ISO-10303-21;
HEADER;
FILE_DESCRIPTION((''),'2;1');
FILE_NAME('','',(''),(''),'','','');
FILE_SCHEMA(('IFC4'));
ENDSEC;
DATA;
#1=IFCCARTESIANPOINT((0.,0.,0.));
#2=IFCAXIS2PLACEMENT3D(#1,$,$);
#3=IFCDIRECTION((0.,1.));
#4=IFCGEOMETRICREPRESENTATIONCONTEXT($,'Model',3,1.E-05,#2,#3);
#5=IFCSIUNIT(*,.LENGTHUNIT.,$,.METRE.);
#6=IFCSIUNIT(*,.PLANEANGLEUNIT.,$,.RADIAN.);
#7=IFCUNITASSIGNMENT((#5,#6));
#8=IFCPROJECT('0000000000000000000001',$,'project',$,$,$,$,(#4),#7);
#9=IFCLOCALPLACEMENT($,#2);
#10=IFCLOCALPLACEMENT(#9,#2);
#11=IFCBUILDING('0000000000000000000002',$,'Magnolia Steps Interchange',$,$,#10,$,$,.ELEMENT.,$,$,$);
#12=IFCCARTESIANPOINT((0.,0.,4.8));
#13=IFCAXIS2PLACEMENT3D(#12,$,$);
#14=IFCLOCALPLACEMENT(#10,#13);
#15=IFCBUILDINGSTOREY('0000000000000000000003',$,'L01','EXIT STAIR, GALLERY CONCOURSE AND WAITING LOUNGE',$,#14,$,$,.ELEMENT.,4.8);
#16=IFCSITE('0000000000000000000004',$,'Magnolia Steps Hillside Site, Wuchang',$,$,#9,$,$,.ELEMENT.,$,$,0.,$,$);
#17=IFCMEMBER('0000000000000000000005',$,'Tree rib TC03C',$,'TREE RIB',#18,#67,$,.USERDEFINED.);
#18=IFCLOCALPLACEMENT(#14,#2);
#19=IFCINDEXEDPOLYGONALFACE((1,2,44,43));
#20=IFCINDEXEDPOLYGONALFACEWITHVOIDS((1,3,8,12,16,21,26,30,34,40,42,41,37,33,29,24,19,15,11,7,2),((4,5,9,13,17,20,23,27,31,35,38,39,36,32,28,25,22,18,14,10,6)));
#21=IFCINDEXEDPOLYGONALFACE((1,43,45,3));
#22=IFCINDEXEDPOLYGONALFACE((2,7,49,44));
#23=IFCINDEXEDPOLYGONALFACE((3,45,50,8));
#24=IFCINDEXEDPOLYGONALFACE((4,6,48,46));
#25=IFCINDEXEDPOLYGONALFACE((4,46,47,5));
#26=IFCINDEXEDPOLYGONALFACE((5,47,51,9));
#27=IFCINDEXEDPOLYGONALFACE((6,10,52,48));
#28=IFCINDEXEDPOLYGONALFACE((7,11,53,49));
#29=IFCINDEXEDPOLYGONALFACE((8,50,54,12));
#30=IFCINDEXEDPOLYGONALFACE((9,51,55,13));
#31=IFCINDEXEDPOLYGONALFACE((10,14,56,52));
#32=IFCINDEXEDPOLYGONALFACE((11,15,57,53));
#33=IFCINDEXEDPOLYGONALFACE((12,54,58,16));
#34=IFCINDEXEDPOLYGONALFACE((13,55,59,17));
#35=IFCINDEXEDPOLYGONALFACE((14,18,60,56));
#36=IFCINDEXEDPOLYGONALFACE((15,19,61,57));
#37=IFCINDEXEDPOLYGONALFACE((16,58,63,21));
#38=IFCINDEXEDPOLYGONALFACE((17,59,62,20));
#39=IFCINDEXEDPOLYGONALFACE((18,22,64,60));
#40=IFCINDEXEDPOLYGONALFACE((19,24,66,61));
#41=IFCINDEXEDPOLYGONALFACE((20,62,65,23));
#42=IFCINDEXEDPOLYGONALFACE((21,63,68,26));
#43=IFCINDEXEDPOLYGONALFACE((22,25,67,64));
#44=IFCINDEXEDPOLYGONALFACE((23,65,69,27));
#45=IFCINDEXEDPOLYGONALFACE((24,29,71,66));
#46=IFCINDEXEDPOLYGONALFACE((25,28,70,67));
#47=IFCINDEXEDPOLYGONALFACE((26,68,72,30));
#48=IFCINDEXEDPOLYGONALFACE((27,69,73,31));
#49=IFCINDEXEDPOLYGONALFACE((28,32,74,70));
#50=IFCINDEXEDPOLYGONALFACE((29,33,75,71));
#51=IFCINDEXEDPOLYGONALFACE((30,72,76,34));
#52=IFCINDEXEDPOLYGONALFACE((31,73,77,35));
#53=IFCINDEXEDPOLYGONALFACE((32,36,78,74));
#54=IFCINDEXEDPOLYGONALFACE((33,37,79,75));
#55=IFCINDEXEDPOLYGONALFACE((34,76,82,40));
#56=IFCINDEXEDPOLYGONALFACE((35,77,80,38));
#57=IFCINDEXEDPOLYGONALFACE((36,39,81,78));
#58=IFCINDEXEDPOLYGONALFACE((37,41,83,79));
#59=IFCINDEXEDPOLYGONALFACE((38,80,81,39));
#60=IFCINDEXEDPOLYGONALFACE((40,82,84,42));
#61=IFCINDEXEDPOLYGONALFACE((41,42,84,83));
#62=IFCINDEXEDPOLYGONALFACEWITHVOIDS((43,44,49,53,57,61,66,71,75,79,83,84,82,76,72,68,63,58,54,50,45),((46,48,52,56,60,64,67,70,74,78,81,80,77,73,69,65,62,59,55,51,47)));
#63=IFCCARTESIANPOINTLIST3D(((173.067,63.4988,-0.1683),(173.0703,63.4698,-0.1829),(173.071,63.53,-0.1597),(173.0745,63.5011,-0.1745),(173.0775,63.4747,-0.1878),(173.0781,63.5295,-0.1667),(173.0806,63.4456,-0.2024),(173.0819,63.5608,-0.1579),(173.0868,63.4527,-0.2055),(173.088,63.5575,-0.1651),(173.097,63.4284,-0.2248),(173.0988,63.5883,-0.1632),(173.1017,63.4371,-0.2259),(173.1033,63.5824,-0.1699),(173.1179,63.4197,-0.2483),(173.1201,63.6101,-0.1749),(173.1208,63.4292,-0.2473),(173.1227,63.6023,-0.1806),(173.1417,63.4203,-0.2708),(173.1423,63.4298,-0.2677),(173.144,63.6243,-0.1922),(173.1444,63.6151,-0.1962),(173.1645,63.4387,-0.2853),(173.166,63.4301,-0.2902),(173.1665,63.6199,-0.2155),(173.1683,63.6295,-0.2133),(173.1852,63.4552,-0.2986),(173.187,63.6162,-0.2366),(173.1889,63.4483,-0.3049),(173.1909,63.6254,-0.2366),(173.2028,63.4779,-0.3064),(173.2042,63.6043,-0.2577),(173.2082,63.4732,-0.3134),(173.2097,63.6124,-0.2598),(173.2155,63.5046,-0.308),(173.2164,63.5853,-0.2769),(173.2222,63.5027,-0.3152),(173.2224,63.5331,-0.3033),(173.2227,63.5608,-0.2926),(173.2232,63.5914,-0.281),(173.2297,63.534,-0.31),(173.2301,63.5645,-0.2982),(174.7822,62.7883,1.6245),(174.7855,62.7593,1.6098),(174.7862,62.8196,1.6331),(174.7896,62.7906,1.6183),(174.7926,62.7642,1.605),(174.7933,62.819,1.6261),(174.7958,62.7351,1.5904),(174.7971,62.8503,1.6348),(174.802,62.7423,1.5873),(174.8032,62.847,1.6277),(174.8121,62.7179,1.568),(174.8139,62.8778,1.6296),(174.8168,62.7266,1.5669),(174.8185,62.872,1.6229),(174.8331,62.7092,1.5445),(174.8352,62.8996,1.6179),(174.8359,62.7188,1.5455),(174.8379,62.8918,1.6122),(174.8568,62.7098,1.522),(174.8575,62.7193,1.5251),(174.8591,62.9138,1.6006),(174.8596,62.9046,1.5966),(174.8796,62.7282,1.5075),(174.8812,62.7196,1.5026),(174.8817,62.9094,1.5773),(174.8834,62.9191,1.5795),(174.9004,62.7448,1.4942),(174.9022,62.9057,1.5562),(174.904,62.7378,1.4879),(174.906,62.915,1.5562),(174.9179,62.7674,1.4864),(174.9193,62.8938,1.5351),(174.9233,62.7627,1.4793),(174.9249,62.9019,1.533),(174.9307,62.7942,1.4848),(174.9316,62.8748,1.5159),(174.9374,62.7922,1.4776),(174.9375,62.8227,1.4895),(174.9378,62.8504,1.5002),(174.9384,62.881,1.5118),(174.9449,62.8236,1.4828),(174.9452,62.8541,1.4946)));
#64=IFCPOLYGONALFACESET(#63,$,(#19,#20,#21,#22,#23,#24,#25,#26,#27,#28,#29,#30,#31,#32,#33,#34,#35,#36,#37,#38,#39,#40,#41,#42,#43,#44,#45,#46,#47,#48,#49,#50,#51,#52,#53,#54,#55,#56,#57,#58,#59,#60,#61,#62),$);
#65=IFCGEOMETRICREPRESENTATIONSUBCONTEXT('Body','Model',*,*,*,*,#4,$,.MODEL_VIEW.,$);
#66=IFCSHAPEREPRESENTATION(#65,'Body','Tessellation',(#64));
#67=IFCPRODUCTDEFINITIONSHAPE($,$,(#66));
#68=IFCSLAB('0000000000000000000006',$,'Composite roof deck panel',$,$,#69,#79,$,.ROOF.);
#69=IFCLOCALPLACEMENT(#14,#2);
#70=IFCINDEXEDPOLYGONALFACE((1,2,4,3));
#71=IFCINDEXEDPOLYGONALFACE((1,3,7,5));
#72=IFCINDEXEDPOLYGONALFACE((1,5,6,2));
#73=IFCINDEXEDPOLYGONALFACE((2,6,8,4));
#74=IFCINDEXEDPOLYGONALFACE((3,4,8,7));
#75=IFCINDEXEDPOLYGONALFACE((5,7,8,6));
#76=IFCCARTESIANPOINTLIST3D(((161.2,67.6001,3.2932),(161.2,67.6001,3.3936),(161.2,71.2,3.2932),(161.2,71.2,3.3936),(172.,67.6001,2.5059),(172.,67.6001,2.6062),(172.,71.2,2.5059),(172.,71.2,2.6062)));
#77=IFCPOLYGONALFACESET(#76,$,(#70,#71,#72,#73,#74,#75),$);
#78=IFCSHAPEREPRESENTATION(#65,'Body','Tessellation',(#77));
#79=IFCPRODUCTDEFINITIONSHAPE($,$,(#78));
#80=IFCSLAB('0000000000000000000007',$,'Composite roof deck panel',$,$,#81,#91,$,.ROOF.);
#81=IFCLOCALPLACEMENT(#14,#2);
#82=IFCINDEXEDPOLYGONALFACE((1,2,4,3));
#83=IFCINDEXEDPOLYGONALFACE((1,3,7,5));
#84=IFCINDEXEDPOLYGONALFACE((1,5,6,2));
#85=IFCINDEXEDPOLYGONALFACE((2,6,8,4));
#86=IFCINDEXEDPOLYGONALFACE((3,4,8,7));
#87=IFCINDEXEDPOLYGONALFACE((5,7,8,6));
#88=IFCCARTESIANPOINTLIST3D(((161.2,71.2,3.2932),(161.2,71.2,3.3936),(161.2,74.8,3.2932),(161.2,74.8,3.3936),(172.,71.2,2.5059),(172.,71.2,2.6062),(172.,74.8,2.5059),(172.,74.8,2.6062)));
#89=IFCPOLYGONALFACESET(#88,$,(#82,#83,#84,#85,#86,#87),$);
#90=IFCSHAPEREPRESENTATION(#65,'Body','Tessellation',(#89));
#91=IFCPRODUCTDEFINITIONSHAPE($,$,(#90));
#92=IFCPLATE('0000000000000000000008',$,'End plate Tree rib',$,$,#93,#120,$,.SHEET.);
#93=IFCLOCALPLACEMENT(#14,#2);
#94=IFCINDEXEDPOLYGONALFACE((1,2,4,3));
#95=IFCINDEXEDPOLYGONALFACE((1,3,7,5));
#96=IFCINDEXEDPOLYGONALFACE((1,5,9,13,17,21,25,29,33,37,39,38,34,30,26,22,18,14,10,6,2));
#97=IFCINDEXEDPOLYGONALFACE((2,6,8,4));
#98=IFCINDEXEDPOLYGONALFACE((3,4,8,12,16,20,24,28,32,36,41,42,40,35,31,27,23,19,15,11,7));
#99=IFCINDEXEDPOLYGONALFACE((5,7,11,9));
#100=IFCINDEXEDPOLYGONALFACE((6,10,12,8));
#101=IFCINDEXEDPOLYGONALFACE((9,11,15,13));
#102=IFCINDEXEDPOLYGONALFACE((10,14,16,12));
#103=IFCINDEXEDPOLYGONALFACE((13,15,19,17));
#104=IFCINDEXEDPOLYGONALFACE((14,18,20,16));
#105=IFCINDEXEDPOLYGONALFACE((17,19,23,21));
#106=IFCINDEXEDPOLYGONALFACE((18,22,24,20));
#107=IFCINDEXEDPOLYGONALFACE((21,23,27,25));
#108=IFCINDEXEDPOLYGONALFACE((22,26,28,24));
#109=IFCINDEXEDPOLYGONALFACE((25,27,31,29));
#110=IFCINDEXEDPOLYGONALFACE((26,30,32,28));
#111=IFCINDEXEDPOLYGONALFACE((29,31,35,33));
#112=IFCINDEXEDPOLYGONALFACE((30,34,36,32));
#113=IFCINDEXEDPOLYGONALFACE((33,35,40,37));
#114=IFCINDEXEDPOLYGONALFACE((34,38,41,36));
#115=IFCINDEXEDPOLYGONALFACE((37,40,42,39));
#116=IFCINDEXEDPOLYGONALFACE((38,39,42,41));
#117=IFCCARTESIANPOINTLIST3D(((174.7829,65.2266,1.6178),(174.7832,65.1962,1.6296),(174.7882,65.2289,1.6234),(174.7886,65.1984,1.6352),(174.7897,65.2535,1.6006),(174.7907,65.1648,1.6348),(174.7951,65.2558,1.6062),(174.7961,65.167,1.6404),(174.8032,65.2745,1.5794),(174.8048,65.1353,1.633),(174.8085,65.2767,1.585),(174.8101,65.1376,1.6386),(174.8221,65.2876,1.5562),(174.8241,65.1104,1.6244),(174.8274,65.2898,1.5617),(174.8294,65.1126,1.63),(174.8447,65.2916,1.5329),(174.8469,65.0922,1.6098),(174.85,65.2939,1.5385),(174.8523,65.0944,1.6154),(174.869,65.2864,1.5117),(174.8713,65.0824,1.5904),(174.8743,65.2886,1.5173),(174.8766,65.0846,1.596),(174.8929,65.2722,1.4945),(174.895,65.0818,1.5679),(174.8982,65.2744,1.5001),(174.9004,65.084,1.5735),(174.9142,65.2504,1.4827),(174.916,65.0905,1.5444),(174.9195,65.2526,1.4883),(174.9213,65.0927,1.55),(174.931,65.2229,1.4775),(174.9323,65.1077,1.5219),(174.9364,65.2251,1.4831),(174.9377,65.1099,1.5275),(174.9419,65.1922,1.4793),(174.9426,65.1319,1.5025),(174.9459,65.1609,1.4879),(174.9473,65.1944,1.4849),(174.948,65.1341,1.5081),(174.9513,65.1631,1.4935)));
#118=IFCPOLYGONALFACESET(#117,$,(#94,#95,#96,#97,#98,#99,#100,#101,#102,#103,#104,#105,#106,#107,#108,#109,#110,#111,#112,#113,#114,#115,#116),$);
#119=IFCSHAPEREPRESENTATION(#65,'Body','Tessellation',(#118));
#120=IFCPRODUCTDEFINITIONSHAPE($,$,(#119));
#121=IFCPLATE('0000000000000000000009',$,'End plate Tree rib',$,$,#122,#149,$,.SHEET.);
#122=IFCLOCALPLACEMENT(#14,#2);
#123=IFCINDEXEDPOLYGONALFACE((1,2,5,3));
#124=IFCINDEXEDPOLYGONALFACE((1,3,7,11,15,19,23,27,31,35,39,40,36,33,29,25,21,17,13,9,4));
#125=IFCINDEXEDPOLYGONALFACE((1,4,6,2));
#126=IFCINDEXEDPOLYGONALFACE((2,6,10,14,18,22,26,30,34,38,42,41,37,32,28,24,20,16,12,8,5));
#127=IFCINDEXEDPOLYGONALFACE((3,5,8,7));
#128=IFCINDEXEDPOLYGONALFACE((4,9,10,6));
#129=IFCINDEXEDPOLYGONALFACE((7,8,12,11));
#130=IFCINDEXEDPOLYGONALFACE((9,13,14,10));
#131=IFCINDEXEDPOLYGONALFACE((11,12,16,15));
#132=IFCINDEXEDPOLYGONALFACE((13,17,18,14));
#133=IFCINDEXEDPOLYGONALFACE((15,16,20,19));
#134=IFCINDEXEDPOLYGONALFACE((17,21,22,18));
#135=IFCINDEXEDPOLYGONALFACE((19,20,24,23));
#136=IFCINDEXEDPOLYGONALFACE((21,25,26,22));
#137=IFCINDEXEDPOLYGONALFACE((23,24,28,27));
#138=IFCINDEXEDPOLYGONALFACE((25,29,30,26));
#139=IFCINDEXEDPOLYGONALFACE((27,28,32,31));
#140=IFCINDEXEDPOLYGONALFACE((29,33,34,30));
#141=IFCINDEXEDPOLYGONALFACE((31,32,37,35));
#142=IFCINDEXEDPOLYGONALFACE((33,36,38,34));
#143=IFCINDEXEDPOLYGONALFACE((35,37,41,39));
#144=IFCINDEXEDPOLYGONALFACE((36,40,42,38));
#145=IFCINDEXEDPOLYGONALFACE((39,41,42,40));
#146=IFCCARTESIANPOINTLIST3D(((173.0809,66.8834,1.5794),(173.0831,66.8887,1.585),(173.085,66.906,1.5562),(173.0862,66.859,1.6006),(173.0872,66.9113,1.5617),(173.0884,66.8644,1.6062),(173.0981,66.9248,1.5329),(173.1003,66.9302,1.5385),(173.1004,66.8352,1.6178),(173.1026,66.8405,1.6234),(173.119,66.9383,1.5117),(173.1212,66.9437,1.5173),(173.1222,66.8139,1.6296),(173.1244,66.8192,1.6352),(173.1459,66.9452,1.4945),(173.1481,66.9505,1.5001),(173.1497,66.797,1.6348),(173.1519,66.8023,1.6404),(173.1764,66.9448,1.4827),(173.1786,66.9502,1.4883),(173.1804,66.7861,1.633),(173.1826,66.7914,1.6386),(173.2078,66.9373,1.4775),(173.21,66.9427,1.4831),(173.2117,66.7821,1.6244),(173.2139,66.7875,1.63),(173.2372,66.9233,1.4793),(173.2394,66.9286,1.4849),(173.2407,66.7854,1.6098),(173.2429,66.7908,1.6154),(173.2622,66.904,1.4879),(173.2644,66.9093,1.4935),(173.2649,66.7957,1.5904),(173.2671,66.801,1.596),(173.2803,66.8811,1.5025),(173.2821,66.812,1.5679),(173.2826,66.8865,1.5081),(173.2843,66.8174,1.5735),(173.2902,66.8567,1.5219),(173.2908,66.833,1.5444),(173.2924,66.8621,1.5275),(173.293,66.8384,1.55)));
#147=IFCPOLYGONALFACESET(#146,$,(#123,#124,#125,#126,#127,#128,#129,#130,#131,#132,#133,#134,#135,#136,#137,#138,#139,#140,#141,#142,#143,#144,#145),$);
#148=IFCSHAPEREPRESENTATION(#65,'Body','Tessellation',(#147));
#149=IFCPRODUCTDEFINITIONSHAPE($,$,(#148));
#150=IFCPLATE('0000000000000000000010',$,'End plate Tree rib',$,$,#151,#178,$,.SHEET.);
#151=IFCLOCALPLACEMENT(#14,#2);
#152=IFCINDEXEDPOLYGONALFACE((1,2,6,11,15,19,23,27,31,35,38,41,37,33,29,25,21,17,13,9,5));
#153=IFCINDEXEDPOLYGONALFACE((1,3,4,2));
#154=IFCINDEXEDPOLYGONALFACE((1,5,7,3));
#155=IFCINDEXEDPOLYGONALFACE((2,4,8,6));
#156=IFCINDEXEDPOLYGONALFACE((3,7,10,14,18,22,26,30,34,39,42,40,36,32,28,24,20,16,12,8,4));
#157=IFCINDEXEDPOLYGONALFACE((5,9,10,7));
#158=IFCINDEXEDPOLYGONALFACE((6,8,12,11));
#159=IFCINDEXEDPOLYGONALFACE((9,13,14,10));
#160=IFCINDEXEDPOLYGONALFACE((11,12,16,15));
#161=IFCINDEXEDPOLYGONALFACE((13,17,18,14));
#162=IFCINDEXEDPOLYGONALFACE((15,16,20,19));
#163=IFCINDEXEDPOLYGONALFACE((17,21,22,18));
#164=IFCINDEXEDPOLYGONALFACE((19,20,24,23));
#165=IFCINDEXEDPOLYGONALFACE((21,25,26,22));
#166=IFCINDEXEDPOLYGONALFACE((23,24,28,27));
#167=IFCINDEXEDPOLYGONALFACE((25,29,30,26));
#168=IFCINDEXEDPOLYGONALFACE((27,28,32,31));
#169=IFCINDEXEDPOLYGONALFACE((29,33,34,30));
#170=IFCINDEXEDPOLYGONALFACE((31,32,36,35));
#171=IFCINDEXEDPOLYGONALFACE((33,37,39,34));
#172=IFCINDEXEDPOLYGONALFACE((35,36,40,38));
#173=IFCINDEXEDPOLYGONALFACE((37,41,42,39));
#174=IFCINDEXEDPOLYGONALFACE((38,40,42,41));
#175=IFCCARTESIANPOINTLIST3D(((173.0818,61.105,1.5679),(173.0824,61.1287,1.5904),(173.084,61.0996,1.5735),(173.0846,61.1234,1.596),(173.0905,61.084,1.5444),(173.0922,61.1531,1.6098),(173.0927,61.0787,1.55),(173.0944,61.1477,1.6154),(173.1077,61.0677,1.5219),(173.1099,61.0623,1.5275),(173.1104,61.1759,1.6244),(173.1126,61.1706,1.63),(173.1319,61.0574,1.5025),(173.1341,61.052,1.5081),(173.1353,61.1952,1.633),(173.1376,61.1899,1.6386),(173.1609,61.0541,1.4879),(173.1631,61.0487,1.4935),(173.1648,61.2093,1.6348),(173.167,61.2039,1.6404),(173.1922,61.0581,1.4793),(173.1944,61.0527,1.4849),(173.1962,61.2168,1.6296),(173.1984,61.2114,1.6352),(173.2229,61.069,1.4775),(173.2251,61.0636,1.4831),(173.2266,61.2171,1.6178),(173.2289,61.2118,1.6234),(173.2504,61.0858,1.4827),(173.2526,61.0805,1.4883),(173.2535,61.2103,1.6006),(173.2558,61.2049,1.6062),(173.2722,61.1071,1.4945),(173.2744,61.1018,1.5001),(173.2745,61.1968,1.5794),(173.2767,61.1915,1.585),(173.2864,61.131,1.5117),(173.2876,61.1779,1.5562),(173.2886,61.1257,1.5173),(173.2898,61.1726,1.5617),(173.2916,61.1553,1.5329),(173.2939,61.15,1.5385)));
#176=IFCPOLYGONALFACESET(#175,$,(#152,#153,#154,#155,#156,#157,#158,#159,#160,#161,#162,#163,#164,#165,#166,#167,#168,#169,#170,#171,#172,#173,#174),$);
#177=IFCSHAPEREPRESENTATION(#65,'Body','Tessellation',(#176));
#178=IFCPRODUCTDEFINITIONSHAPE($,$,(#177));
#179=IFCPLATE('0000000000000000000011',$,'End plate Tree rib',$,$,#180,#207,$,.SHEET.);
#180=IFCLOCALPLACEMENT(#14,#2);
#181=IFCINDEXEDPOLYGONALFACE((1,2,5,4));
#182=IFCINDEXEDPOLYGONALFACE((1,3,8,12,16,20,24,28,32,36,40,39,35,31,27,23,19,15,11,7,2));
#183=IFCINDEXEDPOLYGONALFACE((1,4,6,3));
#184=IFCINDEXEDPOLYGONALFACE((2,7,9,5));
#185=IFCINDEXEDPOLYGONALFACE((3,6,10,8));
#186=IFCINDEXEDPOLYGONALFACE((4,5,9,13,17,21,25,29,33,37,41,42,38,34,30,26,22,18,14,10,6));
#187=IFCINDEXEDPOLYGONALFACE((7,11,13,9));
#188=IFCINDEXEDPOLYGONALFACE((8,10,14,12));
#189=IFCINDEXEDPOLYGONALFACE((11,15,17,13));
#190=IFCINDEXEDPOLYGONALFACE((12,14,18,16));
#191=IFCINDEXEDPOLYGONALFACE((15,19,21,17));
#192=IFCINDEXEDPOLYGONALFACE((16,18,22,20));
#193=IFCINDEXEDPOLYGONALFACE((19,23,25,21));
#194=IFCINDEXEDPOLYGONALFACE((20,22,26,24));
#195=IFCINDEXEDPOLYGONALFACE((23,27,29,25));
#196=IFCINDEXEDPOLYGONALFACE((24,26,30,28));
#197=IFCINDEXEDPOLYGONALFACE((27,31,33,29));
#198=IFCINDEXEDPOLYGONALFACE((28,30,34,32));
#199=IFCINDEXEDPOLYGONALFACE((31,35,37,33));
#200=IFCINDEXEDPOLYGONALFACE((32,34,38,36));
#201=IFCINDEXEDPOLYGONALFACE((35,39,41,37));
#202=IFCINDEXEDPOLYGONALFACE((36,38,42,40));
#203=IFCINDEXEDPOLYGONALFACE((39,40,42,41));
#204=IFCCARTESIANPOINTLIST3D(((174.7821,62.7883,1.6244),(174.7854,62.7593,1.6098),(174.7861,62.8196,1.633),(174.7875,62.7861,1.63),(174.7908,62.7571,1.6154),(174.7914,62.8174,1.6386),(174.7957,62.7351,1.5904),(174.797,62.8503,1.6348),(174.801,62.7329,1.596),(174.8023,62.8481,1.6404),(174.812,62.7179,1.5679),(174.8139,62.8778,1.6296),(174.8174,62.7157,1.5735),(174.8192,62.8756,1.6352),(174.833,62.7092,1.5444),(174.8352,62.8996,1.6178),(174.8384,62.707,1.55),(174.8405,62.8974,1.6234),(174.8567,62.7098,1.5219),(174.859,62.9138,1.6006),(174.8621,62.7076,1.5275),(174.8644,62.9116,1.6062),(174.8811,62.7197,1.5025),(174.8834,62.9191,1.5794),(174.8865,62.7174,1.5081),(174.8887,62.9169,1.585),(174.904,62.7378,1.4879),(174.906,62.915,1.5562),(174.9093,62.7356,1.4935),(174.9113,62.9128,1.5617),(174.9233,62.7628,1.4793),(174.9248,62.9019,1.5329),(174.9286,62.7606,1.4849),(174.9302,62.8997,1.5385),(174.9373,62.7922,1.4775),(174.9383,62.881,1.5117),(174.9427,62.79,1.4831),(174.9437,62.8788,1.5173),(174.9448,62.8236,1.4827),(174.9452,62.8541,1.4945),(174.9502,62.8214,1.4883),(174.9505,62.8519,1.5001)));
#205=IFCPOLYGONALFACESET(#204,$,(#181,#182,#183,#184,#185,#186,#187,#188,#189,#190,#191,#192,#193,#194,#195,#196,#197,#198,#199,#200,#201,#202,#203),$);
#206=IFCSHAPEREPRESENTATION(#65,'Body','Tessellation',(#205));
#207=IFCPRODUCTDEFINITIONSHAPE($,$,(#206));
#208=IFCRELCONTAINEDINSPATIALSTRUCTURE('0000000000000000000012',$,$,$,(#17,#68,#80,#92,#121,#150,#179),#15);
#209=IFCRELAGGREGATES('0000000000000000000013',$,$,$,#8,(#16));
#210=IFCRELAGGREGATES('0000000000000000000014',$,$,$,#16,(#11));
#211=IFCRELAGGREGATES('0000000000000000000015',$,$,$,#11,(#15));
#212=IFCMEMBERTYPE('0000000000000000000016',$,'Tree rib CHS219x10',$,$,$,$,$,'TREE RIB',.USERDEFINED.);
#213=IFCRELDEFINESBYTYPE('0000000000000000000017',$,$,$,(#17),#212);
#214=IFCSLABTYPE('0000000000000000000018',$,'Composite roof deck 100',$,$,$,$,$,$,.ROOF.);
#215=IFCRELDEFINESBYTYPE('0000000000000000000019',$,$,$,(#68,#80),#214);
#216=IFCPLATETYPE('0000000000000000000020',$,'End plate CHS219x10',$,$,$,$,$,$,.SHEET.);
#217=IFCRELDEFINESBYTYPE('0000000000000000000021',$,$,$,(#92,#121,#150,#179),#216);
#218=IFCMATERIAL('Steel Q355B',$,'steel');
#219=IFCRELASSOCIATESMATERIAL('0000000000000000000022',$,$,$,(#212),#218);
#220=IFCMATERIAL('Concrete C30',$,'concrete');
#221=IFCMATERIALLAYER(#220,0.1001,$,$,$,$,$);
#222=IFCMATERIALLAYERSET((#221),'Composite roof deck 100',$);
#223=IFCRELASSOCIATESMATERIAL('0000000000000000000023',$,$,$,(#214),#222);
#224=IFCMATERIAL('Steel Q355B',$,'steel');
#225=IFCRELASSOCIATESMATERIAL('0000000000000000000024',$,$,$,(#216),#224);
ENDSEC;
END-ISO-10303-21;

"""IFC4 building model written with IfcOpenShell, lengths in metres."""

from ifc_helpers import new_model, si_unit, direction, frame, origin, origin_2d, place, context, subcontext, project, spatial, polyline, circle, hollow_circle, outline, extrude, material, layer, layer_set, material_profile, profile_set, type_object, element, save


model = new_model("IFC4")

# Units and contexts
model_context = context("Model", 3, precision=1e-05, world=origin(), true_north=direction((0.0, 1.0)))
body_context = subcontext(model_context, "Body", "Model", "MODEL_VIEW")
ifc_project = project(units=[si_unit("LENGTHUNIT", "METRE"), si_unit("PLANEANGLEUNIT", "RADIAN")], contexts=[model_context])

# Site, building, storey
site_placement = place(None, origin())
site = spatial("IfcSite", under=ifc_project, at=site_placement, Name="Magnolia Steps Hillside Site, Wuchang", CompositionType="ELEMENT", RefElevation=0.0)
building_placement = place(site_placement, origin())
building = spatial("IfcBuilding", under=site, at=building_placement, Name="Magnolia Steps Interchange", CompositionType="ELEMENT")
storey_placement = place(building_placement, frame((0.0, 0.0, 4.8)))
storey = spatial("IfcBuildingStorey", under=building, at=storey_placement, Name="L01", Description="EXIT STAIR, GALLERY CONCOURSE AND WAITING LOUNGE", CompositionType="ELEMENT", Elevation=4.8)

# Member
ifc_material_1 = material(Name="Steel Q355B", Category="steel")
ifc_material_profile_1 = material_profile(ifc_material_1, hollow_circle(Radius=0.1096, WallThickness=0.01, at=origin_2d()), Name="CHS219x10")
ifc_profile_set_1 = profile_set([ifc_material_profile_1], Name="Steel Q355B")
member_type = type_object("IfcMemberType", Name="Tree rib CHS219x10", ElementType="TREE RIB", PredefinedType="USERDEFINED", material=ifc_profile_set_1)
for number, where, z_axis, x_axis, name in (
    (1, (173.1489, 63.5242, -0.2366), (0.664577, -0.275291, 0.69466), (0.3827, 0.923873, 0.0), "Tree rib TC03C"),
):
    element("IfcMember", number, at=place(storey_placement, frame(where, z_axis=z_axis, x_axis=x_axis)), inside=storey, type_object=member_type, Name=name, ObjectType="TREE RIB", PredefinedType="USERDEFINED", context=body_context, shape_type="SweptSolid", body=[
        extrude(hollow_circle(Radius=0.1096, WallThickness=0.01, at=origin_2d()), origin(), (0.0, 0.0, 1.0), 2.5808),
    ])

# Slabs
ifc_material_2 = material(Name="Concrete C30", Category="concrete")
ifc_layer_1 = layer(ifc_material_2, 0.1001)
ifc_layer_set_1 = layer_set([ifc_layer_1], Name="Composite roof deck 100")
slab_type_1 = type_object("IfcSlabType", Name="Composite roof deck 100", PredefinedType="ROOF", material=ifc_layer_set_1)
slab_1_placement = place(storey_placement, frame((172.0, 67.6001, 2.6062), z_axis=(0.07271, 0.0, 0.997353), x_axis=(0.0, 1.0, 0.0)))
element("IfcSlab", 2, at=slab_1_placement, inside=storey, type_object=slab_type_1, Name="Composite roof deck panel", PredefinedType="ROOF", context=body_context, shape_type="SweptSolid", body=[
    extrude(outline(polyline([(0.0, 0.0), (3.5999, 0.0), (3.5999, 10.8287), (0.0, 10.8287), (0.0, 0.0)])), origin(), (0.0, -0.07271, -0.997353), 0.1003),
])
slab_2_placement = place(storey_placement, frame((172.0, 71.2, 2.6062), z_axis=(0.07271, 0.0, 0.997353), x_axis=(0.0, 1.0, 0.0)))
element("IfcSlab", 3, at=slab_2_placement, inside=storey, type_object=slab_type_1, Name="Composite roof deck panel", PredefinedType="ROOF", context=body_context, shape_type="SweptSolid", body=[
    extrude(outline(polyline([(0.0, 0.0), (3.6001, 0.0), (3.6001, 10.8287), (0.0, 10.8287), (0.0, 0.0)])), origin(), (0.0, -0.07271, -0.997353), 0.1003),
])

# Plates
ifc_material_3 = material(Name="Steel Q355B", Category="steel")
ifc_material_profile_2 = material_profile(ifc_material_3, circle(Radius=0.1096, at=origin_2d()), Name="End plate CHS219x10")
ifc_profile_set_2 = profile_set([ifc_material_profile_2], Name="Steel Q355B")
plate_type = type_object("IfcPlateType", Name="End plate CHS219x10", PredefinedType="SHEET", material=ifc_profile_set_2)
for number, where, z_axis, x_axis, name in (
    (4, (174.864, 65.1863, 1.5562), (0.664583, 0.275279, 0.694658), (-0.382683, 0.92388, 0.0), "End plate Tree rib"),
    (5, (173.1863, 66.864, 1.5562), (0.275279, 0.664583, 0.694658), (-0.92388, 0.382683, 0.0), "End plate Tree rib"),
    (6, (173.1863, 61.136, 1.5562), (0.275279, -0.664583, 0.694658), (0.92388, 0.382683, 0.0), "End plate Tree rib"),
    (7, (174.864, 62.8137, 1.5562), (0.664583, -0.275279, 0.694658), (0.382683, 0.92388, 0.0), "End plate Tree rib"),
):
    element("IfcPlate", number, at=place(storey_placement, frame(where, z_axis=z_axis, x_axis=x_axis)), inside=storey, type_object=plate_type, Name=name, PredefinedType="SHEET", context=body_context, shape_type="SweptSolid", body=[
        extrude(circle(Radius=0.1096, at=origin_2d()), origin(), (0.0, 0.0, 1.0), 0.0081),
    ])

save(model, "model.ifc")
